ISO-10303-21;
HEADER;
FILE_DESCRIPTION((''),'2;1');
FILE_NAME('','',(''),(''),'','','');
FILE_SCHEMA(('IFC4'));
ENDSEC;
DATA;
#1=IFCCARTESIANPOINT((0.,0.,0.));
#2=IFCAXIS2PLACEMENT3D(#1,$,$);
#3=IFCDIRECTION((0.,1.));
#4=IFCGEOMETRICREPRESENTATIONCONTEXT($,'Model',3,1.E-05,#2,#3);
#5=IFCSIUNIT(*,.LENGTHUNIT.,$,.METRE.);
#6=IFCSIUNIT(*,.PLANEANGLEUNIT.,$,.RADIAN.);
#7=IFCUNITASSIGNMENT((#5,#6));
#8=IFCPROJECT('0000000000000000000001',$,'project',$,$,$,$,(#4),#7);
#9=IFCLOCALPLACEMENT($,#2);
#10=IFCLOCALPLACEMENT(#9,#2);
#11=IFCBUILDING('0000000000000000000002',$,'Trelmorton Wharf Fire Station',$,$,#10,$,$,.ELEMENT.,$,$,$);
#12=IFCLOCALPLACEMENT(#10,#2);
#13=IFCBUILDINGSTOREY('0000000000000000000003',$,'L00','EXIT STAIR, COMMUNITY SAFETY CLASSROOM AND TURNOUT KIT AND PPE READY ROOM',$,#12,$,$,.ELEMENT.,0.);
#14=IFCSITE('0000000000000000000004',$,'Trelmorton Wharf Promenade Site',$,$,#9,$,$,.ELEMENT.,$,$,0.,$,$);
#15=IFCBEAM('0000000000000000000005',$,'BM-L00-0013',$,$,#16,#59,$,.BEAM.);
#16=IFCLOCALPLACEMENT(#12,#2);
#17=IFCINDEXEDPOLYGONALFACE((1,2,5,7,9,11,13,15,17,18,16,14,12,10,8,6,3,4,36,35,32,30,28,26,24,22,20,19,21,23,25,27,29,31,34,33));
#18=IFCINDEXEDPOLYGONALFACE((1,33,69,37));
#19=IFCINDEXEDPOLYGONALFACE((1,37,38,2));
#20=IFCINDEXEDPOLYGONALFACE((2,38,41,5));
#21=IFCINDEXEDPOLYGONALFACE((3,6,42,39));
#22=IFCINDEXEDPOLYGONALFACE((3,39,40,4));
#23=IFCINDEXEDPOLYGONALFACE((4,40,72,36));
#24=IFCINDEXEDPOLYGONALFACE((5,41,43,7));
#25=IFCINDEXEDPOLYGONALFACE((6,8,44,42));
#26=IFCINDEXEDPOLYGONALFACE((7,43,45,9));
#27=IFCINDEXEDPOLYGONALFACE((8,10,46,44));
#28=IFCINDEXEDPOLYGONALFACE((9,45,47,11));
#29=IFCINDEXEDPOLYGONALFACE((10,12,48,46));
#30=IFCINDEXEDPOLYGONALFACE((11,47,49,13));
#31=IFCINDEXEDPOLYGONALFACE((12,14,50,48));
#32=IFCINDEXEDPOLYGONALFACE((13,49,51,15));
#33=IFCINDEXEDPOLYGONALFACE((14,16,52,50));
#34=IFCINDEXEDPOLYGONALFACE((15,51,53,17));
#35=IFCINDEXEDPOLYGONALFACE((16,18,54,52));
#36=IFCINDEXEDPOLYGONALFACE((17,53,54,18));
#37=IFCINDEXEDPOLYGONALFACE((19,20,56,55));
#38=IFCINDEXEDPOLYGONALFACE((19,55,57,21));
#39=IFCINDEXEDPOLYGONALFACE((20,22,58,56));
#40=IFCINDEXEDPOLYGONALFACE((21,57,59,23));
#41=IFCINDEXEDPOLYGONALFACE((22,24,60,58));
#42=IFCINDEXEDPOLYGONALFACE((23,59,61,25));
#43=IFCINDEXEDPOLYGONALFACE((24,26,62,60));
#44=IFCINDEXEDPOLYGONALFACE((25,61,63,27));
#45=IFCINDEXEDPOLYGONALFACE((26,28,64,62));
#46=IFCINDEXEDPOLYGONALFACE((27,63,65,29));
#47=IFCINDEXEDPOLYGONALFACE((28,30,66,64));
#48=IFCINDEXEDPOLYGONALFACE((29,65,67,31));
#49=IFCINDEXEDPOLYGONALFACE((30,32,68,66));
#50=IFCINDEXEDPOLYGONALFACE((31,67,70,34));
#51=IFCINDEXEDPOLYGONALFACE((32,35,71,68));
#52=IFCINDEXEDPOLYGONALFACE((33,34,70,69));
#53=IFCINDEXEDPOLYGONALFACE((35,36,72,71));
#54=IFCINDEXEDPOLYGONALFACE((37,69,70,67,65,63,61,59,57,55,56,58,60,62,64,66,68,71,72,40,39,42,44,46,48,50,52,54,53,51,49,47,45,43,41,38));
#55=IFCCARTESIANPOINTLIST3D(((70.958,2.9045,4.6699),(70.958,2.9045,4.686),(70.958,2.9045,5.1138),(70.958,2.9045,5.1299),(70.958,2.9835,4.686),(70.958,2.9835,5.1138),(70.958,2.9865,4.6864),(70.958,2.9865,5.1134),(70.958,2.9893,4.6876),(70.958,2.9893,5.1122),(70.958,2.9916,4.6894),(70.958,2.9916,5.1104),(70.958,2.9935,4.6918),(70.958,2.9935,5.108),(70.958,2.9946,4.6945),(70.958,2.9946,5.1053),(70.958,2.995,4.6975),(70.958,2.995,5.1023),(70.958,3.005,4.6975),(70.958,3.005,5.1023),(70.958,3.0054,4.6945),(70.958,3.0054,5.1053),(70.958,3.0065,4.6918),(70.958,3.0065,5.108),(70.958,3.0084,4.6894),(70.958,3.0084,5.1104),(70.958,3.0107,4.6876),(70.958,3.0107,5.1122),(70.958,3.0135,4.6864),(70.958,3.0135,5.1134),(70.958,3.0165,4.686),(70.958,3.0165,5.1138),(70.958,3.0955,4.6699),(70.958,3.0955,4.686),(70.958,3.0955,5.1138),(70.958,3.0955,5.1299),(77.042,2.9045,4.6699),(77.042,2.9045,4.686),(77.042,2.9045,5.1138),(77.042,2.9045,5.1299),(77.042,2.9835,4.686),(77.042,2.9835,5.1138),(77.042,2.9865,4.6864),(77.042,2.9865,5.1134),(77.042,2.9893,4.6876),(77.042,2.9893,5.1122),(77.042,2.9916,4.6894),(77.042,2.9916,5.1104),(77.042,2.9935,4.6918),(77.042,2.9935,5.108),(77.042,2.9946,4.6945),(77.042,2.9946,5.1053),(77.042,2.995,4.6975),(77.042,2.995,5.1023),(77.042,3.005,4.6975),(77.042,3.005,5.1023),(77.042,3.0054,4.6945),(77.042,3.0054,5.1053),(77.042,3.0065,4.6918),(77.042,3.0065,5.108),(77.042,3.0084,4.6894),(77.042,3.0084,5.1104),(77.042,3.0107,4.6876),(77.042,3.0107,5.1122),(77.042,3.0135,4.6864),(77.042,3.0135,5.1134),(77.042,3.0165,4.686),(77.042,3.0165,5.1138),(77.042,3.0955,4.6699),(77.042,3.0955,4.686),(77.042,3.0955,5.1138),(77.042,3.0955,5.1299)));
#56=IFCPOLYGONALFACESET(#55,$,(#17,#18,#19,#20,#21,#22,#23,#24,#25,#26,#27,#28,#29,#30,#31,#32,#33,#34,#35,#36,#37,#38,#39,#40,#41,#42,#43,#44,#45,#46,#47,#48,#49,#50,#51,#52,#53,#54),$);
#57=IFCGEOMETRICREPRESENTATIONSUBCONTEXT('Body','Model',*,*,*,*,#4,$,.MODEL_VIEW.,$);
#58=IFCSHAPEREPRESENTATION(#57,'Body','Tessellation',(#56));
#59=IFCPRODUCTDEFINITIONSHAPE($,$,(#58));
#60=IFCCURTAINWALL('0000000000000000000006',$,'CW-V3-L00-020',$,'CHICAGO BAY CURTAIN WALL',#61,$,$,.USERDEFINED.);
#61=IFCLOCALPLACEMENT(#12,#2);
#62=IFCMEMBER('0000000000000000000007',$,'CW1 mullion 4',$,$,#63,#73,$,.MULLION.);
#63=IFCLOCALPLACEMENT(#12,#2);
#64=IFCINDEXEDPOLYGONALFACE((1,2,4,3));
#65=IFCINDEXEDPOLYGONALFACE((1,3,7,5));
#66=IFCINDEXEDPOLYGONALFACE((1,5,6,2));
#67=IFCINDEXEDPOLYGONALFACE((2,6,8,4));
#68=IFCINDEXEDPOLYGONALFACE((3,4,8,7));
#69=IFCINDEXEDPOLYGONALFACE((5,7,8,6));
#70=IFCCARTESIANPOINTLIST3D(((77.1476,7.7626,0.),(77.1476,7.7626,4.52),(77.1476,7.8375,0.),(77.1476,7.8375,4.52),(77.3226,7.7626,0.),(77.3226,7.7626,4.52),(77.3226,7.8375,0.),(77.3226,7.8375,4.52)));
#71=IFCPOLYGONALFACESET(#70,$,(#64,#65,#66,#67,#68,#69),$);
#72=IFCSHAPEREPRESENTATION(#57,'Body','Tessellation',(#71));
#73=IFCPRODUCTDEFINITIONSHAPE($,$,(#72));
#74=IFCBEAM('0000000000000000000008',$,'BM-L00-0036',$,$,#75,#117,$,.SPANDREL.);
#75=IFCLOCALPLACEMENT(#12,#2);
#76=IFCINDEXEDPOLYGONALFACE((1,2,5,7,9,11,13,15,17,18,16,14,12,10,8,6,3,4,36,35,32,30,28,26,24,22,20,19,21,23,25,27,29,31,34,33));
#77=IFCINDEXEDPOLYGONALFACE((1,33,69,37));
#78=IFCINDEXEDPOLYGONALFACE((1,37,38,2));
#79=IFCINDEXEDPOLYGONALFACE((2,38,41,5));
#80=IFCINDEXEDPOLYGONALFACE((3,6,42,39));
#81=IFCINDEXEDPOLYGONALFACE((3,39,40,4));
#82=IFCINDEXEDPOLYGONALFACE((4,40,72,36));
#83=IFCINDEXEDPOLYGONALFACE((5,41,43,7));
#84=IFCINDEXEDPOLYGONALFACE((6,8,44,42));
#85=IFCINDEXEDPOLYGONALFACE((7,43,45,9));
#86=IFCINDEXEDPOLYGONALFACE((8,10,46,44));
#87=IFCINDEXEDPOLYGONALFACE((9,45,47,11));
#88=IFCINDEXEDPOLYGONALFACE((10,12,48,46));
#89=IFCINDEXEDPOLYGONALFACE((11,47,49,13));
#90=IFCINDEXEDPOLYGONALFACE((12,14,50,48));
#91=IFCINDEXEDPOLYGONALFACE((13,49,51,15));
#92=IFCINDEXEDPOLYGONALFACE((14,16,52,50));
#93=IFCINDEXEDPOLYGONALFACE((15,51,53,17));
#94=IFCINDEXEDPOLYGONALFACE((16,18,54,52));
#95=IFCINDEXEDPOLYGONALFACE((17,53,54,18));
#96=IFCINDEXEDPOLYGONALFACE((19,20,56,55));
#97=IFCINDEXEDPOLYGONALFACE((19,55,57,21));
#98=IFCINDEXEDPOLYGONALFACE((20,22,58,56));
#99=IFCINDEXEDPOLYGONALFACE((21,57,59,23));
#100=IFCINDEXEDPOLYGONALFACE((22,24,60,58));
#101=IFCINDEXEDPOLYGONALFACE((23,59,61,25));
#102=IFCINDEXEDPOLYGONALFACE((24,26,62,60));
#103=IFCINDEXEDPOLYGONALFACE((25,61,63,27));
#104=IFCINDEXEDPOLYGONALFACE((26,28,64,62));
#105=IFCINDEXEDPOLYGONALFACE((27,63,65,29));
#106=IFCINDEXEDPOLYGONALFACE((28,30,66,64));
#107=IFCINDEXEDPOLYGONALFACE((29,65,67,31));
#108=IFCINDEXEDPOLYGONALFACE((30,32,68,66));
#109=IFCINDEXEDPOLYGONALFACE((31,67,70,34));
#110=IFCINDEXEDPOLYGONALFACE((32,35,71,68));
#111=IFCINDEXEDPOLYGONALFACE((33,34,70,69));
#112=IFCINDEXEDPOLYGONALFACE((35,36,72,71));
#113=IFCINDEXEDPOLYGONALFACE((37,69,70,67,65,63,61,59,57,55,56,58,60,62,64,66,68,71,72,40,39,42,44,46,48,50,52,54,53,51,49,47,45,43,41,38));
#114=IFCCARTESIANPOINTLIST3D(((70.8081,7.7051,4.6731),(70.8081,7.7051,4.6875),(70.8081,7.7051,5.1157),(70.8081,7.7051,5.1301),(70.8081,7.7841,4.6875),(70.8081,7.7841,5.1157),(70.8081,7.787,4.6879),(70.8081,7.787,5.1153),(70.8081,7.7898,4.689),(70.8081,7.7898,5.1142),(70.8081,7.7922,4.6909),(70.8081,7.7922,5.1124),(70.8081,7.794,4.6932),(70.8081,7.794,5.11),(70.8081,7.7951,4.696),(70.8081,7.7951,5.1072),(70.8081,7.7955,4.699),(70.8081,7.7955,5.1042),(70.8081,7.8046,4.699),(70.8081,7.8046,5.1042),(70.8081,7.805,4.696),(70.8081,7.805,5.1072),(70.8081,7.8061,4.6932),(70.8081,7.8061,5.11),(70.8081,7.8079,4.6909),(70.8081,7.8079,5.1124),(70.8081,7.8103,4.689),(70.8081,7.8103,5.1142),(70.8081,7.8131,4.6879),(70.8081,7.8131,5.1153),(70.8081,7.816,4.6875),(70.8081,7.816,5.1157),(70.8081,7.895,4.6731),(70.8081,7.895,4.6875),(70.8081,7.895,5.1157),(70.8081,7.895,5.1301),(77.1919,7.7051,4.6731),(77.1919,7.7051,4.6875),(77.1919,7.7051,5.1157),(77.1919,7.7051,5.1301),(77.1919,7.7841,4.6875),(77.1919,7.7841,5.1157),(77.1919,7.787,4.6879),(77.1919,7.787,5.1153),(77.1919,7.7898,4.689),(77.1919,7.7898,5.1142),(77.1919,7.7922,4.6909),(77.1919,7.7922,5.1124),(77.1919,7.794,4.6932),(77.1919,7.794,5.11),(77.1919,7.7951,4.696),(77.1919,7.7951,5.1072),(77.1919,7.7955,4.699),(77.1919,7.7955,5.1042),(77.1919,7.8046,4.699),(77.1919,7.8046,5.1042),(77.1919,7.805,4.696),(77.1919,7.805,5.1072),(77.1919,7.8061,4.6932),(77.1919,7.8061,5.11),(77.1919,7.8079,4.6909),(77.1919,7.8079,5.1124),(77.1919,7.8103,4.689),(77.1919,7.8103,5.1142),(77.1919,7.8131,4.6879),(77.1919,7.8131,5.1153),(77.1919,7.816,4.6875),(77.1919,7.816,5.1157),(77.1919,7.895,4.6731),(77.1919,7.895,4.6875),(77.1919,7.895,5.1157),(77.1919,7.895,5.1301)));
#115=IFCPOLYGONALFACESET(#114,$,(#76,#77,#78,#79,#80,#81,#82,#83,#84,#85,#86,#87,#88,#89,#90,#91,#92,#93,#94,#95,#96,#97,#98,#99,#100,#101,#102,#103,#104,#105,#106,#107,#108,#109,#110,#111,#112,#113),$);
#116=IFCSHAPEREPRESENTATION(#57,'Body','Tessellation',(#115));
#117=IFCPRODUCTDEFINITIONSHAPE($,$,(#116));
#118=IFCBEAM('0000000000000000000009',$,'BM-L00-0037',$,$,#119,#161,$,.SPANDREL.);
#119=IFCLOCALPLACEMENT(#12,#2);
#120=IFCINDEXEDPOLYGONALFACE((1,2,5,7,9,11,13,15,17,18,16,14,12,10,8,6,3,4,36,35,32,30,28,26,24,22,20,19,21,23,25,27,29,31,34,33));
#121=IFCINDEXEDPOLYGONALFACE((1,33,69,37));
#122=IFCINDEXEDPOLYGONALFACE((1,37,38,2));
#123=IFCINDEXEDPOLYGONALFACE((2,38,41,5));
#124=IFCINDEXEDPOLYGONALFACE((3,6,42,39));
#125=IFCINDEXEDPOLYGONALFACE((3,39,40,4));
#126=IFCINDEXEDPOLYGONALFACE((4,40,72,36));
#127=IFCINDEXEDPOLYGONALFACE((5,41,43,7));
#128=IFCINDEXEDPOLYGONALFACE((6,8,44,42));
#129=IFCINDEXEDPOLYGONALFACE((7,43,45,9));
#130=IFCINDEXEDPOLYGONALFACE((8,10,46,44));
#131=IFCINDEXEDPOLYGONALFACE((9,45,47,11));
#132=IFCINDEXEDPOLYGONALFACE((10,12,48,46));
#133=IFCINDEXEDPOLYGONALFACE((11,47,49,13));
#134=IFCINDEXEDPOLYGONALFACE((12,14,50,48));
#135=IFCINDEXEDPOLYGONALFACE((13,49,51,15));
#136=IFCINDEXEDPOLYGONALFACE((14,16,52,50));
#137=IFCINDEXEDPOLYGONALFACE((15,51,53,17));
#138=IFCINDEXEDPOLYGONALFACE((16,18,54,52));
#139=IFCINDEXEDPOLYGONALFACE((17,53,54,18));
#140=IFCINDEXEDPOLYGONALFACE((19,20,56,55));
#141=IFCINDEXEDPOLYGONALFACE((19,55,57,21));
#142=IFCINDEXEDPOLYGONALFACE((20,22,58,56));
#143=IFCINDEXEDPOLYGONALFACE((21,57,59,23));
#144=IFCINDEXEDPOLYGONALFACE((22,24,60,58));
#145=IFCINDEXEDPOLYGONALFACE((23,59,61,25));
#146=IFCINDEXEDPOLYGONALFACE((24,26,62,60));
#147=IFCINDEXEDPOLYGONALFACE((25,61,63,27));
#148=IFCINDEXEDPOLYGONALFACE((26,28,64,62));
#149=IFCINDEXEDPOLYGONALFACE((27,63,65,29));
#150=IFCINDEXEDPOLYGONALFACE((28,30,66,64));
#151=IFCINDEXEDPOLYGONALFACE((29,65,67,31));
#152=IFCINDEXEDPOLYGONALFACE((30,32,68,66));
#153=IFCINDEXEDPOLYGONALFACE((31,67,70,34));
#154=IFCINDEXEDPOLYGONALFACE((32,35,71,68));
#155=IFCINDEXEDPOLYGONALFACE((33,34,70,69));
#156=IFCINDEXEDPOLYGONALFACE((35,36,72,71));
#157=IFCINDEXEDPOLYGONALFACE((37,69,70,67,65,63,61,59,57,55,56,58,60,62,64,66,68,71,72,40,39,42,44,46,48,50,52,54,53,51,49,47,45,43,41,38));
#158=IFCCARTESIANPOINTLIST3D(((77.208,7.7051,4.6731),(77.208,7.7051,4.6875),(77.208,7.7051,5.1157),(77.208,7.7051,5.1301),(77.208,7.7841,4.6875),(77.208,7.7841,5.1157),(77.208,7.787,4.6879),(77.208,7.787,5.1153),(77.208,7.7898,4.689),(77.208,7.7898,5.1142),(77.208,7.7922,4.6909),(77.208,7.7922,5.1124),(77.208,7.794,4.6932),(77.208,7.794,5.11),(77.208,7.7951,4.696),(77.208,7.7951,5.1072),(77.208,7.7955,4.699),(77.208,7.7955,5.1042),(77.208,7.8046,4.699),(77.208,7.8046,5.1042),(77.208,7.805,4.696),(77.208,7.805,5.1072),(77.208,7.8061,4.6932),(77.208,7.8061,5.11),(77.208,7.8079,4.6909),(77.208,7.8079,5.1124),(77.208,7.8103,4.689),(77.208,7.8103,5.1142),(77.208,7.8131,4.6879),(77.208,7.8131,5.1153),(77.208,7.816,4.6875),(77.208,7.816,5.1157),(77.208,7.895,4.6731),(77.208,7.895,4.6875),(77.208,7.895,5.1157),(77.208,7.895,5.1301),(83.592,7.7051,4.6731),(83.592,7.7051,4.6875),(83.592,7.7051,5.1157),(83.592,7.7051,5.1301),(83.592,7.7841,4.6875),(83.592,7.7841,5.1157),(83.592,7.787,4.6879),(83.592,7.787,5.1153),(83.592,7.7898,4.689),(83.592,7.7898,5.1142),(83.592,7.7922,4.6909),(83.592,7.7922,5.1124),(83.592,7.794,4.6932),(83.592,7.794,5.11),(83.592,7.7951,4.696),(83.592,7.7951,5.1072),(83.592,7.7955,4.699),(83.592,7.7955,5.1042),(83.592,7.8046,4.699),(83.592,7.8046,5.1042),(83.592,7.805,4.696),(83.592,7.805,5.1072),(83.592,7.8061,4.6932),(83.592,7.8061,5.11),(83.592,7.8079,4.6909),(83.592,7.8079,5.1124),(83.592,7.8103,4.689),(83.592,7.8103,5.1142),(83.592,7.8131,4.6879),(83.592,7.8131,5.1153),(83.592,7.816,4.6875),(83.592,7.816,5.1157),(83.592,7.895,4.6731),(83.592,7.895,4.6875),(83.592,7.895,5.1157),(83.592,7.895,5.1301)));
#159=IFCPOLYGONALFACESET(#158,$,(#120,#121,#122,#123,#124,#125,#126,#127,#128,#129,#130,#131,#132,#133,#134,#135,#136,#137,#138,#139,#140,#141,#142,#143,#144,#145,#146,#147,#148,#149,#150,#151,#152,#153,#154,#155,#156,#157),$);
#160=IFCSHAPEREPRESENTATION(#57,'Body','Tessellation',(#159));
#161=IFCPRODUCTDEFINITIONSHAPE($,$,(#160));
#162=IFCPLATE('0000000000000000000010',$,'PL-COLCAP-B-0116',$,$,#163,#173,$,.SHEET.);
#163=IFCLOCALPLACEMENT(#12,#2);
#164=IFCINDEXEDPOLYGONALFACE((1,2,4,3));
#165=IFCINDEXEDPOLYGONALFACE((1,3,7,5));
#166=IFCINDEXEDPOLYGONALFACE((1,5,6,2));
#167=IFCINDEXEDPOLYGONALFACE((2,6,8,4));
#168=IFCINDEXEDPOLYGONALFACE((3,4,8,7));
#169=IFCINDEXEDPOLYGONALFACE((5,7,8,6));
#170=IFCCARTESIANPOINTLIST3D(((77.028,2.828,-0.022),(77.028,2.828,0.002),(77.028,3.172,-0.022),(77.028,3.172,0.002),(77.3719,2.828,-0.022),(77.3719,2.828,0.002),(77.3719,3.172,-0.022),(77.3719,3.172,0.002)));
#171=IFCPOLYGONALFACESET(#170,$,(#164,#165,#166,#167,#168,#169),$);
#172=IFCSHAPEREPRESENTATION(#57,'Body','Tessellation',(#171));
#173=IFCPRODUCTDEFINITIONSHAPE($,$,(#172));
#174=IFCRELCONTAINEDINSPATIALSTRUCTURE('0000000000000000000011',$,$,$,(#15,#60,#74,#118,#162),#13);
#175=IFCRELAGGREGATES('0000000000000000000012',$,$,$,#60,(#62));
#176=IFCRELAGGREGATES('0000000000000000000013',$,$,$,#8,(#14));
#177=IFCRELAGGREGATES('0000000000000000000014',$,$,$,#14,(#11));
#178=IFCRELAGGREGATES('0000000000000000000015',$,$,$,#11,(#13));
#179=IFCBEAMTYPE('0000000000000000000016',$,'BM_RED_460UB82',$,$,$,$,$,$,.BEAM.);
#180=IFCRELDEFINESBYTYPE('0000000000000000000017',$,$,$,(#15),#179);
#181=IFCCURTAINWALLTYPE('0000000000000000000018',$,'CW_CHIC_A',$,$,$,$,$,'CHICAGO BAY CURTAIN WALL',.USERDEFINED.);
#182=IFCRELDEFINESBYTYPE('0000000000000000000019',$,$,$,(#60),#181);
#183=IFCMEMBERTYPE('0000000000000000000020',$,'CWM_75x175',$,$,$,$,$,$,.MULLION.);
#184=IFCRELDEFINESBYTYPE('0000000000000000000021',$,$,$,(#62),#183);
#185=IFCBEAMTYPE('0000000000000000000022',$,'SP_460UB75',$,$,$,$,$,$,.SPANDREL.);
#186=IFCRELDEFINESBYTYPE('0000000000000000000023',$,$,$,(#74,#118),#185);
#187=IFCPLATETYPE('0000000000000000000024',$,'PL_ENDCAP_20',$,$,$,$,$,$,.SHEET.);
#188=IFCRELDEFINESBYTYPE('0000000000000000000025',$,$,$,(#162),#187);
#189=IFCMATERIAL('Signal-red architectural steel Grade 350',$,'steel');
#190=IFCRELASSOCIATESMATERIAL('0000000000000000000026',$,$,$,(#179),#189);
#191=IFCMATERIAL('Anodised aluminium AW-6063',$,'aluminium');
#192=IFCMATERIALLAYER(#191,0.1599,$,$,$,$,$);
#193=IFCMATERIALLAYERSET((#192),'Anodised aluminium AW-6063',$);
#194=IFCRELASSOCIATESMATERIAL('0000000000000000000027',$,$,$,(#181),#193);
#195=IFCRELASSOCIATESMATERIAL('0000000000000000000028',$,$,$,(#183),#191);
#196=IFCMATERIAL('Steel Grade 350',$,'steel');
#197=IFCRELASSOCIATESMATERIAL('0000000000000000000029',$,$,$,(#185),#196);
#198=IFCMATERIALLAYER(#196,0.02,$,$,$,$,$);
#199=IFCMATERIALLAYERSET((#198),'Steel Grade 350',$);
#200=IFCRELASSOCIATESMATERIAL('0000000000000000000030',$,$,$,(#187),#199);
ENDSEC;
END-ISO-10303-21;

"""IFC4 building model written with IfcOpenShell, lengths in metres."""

from ifc_helpers import new_model, si_unit, direction, frame, origin, origin_2d, place, context, subcontext, project, spatial, rectangle, i_section, extrude, material, layer, layer_set, material_profile, profile_set, type_object, element, aggregate, save


model = new_model("IFC4")

# Units and contexts
model_context = context("Model", 3, precision=1e-05, world=origin(), true_north=direction((0.0, 1.0)))
body_context = subcontext(model_context, "Body", "Model", "MODEL_VIEW")
ifc_project = project(units=[si_unit("LENGTHUNIT", "METRE"), si_unit("PLANEANGLEUNIT", "RADIAN")], contexts=[model_context])

# Site, building, storey
site_placement = place(None, origin())
site = spatial("IfcSite", under=ifc_project, at=site_placement, Name="Trelmorton Wharf Promenade Site", CompositionType="ELEMENT", RefElevation=0.0)
building_placement = place(site_placement, origin())
building = spatial("IfcBuilding", under=site, at=building_placement, Name="Trelmorton Wharf Fire Station", CompositionType="ELEMENT")
storey_placement = place(building_placement, origin())
storey = spatial("IfcBuildingStorey", under=building, at=storey_placement, Name="L00", Description="EXIT STAIR, COMMUNITY SAFETY CLASSROOM AND TURNOUT KIT AND PPE READY ROOM", CompositionType="ELEMENT", Elevation=0.0)

# Shared definitions
ifc_material_1 = material(Name="Steel Grade 350", Category="steel")

# Beam
ifc_material_2 = material(Name="Signal-red architectural steel Grade 350", Category="steel")
ifc_material_profile_1 = material_profile(ifc_material_2, i_section(OverallWidth=0.1909, OverallDepth=0.46, WebThickness=0.01, FlangeThickness=0.0161, FilletRadius=0.0115, at=origin_2d()), Name="460UB82.1")
ifc_profile_set_1 = profile_set([ifc_material_profile_1], Name="Signal-red architectural steel Grade 350")
beam_type_1 = type_object("IfcBeamType", Name="BM_RED_460UB82", PredefinedType="BEAM", material=ifc_profile_set_1)
beam_1_placement = place(storey_placement, frame((70.958, 3.0, 4.8999), z_axis=(1.0, 0.0, 0.0), x_axis=(0.0, 1.0, 0.0)))
element("IfcBeam", 1, at=beam_1_placement, inside=storey, type_object=beam_type_1, Name="BM-L00-0013", PredefinedType="BEAM", context=body_context, shape_type="SweptSolid", body=[
    extrude(i_section(OverallWidth=0.1909, OverallDepth=0.46, WebThickness=0.01, FlangeThickness=0.0161, FilletRadius=0.0115, at=origin_2d()), origin(), (0.0, 0.0, 1.0), 6.084),
])

# Curtain wall, member
ifc_material_3 = material(Name="Anodised aluminium AW-6063", Category="aluminium")
ifc_layer_1 = layer(ifc_material_3, 0.1599)
ifc_layer_set_1 = layer_set([ifc_layer_1], Name="Anodised aluminium AW-6063")
curtain_wall_type = type_object("IfcCurtainWallType", Name="CW_CHIC_A", ElementType="CHICAGO BAY CURTAIN WALL", PredefinedType="USERDEFINED", material=ifc_layer_set_1)
curtain_wall_placement = place(storey_placement, origin())
curtain_wall = element("IfcCurtainWall", 2, at=curtain_wall_placement, inside=storey, type_object=curtain_wall_type, Name="CW-V3-L00-020", ObjectType="CHICAGO BAY CURTAIN WALL", PredefinedType="USERDEFINED")
ifc_material_profile_2 = material_profile(ifc_material_3, rectangle(XDim=0.075, YDim=0.175, at=origin_2d()), Name="ALU-75x175")
ifc_profile_set_2 = profile_set([ifc_material_profile_2], Name="Anodised aluminium AW-6063")
member_type = type_object("IfcMemberType", Name="CWM_75x175", PredefinedType="MULLION", material=ifc_profile_set_2)
member_placement = place(storey_placement, frame((77.2351, 7.8, 0.0), z_axis=(0.0, 0.0, 1.0), x_axis=(0.0, -1.0, 0.0)))
member = element("IfcMember", 3, at=member_placement, type_object=member_type, Name="CW1 mullion 4", PredefinedType="MULLION", context=body_context, shape_type="SweptSolid", body=[
    extrude(rectangle(XDim=0.075, YDim=0.175, at=origin_2d()), origin(), (0.0, 0.0, 1.0), 4.52),
])
aggregate(curtain_wall, [member])

# Beams
ifc_material_profile_3 = material_profile(ifc_material_1, i_section(OverallWidth=0.1899, OverallDepth=0.457, WebThickness=0.009, FlangeThickness=0.0144, FilletRadius=0.0115, at=origin_2d()), Name="460UB74.6")
ifc_profile_set_3 = profile_set([ifc_material_profile_3], Name="Steel Grade 350")
beam_type_2 = type_object("IfcBeamType", Name="SP_460UB75", PredefinedType="SPANDREL", material=ifc_profile_set_3)
beam_2_placement = place(storey_placement, frame((70.8081, 7.8, 4.9016), z_axis=(1.0, 0.0, 0.0), x_axis=(0.0, 1.0, 0.0)))
element("IfcBeam", 4, at=beam_2_placement, inside=storey, type_object=beam_type_2, Name="BM-L00-0036", PredefinedType="SPANDREL", context=body_context, shape_type="SweptSolid", body=[
    extrude(i_section(OverallWidth=0.1899, OverallDepth=0.457, WebThickness=0.009, FlangeThickness=0.0144, FilletRadius=0.0115, at=origin_2d()), origin(), (0.0, 0.0, 1.0), 6.3838),
])
beam_3_placement = place(storey_placement, frame((77.208, 7.8, 4.9016), z_axis=(1.0, 0.0, 0.0), x_axis=(0.0, 1.0, 0.0)))
element("IfcBeam", 5, at=beam_3_placement, inside=storey, type_object=beam_type_2, Name="BM-L00-0037", PredefinedType="SPANDREL", context=body_context, shape_type="SweptSolid", body=[
    extrude(i_section(OverallWidth=0.1899, OverallDepth=0.457, WebThickness=0.009, FlangeThickness=0.0144, FilletRadius=0.0115, at=origin_2d()), origin(), (0.0, 0.0, 1.0), 6.384),
])

# Plate
ifc_layer_2 = layer(ifc_material_1, 0.02)
ifc_layer_set_2 = layer_set([ifc_layer_2], Name="Steel Grade 350")
plate_type = type_object("IfcPlateType", Name="PL_ENDCAP_20", PredefinedType="SHEET", material=ifc_layer_set_2)
plate_placement = place(storey_placement, frame((77.2, 3.0, -0.022), z_axis=(0.0, 0.0, 1.0), x_axis=(1.0, 0.0, 0.0)))
element("IfcPlate", 6, at=plate_placement, inside=storey, type_object=plate_type, Name="PL-COLCAP-B-0116", PredefinedType="SHEET", context=body_context, shape_type="SweptSolid", body=[
    extrude(rectangle(XDim=0.344, YDim=0.344, at=origin_2d()), origin(), (0.0, 0.0, 1.0), 0.0239),
])

save(model, "model.ifc")
